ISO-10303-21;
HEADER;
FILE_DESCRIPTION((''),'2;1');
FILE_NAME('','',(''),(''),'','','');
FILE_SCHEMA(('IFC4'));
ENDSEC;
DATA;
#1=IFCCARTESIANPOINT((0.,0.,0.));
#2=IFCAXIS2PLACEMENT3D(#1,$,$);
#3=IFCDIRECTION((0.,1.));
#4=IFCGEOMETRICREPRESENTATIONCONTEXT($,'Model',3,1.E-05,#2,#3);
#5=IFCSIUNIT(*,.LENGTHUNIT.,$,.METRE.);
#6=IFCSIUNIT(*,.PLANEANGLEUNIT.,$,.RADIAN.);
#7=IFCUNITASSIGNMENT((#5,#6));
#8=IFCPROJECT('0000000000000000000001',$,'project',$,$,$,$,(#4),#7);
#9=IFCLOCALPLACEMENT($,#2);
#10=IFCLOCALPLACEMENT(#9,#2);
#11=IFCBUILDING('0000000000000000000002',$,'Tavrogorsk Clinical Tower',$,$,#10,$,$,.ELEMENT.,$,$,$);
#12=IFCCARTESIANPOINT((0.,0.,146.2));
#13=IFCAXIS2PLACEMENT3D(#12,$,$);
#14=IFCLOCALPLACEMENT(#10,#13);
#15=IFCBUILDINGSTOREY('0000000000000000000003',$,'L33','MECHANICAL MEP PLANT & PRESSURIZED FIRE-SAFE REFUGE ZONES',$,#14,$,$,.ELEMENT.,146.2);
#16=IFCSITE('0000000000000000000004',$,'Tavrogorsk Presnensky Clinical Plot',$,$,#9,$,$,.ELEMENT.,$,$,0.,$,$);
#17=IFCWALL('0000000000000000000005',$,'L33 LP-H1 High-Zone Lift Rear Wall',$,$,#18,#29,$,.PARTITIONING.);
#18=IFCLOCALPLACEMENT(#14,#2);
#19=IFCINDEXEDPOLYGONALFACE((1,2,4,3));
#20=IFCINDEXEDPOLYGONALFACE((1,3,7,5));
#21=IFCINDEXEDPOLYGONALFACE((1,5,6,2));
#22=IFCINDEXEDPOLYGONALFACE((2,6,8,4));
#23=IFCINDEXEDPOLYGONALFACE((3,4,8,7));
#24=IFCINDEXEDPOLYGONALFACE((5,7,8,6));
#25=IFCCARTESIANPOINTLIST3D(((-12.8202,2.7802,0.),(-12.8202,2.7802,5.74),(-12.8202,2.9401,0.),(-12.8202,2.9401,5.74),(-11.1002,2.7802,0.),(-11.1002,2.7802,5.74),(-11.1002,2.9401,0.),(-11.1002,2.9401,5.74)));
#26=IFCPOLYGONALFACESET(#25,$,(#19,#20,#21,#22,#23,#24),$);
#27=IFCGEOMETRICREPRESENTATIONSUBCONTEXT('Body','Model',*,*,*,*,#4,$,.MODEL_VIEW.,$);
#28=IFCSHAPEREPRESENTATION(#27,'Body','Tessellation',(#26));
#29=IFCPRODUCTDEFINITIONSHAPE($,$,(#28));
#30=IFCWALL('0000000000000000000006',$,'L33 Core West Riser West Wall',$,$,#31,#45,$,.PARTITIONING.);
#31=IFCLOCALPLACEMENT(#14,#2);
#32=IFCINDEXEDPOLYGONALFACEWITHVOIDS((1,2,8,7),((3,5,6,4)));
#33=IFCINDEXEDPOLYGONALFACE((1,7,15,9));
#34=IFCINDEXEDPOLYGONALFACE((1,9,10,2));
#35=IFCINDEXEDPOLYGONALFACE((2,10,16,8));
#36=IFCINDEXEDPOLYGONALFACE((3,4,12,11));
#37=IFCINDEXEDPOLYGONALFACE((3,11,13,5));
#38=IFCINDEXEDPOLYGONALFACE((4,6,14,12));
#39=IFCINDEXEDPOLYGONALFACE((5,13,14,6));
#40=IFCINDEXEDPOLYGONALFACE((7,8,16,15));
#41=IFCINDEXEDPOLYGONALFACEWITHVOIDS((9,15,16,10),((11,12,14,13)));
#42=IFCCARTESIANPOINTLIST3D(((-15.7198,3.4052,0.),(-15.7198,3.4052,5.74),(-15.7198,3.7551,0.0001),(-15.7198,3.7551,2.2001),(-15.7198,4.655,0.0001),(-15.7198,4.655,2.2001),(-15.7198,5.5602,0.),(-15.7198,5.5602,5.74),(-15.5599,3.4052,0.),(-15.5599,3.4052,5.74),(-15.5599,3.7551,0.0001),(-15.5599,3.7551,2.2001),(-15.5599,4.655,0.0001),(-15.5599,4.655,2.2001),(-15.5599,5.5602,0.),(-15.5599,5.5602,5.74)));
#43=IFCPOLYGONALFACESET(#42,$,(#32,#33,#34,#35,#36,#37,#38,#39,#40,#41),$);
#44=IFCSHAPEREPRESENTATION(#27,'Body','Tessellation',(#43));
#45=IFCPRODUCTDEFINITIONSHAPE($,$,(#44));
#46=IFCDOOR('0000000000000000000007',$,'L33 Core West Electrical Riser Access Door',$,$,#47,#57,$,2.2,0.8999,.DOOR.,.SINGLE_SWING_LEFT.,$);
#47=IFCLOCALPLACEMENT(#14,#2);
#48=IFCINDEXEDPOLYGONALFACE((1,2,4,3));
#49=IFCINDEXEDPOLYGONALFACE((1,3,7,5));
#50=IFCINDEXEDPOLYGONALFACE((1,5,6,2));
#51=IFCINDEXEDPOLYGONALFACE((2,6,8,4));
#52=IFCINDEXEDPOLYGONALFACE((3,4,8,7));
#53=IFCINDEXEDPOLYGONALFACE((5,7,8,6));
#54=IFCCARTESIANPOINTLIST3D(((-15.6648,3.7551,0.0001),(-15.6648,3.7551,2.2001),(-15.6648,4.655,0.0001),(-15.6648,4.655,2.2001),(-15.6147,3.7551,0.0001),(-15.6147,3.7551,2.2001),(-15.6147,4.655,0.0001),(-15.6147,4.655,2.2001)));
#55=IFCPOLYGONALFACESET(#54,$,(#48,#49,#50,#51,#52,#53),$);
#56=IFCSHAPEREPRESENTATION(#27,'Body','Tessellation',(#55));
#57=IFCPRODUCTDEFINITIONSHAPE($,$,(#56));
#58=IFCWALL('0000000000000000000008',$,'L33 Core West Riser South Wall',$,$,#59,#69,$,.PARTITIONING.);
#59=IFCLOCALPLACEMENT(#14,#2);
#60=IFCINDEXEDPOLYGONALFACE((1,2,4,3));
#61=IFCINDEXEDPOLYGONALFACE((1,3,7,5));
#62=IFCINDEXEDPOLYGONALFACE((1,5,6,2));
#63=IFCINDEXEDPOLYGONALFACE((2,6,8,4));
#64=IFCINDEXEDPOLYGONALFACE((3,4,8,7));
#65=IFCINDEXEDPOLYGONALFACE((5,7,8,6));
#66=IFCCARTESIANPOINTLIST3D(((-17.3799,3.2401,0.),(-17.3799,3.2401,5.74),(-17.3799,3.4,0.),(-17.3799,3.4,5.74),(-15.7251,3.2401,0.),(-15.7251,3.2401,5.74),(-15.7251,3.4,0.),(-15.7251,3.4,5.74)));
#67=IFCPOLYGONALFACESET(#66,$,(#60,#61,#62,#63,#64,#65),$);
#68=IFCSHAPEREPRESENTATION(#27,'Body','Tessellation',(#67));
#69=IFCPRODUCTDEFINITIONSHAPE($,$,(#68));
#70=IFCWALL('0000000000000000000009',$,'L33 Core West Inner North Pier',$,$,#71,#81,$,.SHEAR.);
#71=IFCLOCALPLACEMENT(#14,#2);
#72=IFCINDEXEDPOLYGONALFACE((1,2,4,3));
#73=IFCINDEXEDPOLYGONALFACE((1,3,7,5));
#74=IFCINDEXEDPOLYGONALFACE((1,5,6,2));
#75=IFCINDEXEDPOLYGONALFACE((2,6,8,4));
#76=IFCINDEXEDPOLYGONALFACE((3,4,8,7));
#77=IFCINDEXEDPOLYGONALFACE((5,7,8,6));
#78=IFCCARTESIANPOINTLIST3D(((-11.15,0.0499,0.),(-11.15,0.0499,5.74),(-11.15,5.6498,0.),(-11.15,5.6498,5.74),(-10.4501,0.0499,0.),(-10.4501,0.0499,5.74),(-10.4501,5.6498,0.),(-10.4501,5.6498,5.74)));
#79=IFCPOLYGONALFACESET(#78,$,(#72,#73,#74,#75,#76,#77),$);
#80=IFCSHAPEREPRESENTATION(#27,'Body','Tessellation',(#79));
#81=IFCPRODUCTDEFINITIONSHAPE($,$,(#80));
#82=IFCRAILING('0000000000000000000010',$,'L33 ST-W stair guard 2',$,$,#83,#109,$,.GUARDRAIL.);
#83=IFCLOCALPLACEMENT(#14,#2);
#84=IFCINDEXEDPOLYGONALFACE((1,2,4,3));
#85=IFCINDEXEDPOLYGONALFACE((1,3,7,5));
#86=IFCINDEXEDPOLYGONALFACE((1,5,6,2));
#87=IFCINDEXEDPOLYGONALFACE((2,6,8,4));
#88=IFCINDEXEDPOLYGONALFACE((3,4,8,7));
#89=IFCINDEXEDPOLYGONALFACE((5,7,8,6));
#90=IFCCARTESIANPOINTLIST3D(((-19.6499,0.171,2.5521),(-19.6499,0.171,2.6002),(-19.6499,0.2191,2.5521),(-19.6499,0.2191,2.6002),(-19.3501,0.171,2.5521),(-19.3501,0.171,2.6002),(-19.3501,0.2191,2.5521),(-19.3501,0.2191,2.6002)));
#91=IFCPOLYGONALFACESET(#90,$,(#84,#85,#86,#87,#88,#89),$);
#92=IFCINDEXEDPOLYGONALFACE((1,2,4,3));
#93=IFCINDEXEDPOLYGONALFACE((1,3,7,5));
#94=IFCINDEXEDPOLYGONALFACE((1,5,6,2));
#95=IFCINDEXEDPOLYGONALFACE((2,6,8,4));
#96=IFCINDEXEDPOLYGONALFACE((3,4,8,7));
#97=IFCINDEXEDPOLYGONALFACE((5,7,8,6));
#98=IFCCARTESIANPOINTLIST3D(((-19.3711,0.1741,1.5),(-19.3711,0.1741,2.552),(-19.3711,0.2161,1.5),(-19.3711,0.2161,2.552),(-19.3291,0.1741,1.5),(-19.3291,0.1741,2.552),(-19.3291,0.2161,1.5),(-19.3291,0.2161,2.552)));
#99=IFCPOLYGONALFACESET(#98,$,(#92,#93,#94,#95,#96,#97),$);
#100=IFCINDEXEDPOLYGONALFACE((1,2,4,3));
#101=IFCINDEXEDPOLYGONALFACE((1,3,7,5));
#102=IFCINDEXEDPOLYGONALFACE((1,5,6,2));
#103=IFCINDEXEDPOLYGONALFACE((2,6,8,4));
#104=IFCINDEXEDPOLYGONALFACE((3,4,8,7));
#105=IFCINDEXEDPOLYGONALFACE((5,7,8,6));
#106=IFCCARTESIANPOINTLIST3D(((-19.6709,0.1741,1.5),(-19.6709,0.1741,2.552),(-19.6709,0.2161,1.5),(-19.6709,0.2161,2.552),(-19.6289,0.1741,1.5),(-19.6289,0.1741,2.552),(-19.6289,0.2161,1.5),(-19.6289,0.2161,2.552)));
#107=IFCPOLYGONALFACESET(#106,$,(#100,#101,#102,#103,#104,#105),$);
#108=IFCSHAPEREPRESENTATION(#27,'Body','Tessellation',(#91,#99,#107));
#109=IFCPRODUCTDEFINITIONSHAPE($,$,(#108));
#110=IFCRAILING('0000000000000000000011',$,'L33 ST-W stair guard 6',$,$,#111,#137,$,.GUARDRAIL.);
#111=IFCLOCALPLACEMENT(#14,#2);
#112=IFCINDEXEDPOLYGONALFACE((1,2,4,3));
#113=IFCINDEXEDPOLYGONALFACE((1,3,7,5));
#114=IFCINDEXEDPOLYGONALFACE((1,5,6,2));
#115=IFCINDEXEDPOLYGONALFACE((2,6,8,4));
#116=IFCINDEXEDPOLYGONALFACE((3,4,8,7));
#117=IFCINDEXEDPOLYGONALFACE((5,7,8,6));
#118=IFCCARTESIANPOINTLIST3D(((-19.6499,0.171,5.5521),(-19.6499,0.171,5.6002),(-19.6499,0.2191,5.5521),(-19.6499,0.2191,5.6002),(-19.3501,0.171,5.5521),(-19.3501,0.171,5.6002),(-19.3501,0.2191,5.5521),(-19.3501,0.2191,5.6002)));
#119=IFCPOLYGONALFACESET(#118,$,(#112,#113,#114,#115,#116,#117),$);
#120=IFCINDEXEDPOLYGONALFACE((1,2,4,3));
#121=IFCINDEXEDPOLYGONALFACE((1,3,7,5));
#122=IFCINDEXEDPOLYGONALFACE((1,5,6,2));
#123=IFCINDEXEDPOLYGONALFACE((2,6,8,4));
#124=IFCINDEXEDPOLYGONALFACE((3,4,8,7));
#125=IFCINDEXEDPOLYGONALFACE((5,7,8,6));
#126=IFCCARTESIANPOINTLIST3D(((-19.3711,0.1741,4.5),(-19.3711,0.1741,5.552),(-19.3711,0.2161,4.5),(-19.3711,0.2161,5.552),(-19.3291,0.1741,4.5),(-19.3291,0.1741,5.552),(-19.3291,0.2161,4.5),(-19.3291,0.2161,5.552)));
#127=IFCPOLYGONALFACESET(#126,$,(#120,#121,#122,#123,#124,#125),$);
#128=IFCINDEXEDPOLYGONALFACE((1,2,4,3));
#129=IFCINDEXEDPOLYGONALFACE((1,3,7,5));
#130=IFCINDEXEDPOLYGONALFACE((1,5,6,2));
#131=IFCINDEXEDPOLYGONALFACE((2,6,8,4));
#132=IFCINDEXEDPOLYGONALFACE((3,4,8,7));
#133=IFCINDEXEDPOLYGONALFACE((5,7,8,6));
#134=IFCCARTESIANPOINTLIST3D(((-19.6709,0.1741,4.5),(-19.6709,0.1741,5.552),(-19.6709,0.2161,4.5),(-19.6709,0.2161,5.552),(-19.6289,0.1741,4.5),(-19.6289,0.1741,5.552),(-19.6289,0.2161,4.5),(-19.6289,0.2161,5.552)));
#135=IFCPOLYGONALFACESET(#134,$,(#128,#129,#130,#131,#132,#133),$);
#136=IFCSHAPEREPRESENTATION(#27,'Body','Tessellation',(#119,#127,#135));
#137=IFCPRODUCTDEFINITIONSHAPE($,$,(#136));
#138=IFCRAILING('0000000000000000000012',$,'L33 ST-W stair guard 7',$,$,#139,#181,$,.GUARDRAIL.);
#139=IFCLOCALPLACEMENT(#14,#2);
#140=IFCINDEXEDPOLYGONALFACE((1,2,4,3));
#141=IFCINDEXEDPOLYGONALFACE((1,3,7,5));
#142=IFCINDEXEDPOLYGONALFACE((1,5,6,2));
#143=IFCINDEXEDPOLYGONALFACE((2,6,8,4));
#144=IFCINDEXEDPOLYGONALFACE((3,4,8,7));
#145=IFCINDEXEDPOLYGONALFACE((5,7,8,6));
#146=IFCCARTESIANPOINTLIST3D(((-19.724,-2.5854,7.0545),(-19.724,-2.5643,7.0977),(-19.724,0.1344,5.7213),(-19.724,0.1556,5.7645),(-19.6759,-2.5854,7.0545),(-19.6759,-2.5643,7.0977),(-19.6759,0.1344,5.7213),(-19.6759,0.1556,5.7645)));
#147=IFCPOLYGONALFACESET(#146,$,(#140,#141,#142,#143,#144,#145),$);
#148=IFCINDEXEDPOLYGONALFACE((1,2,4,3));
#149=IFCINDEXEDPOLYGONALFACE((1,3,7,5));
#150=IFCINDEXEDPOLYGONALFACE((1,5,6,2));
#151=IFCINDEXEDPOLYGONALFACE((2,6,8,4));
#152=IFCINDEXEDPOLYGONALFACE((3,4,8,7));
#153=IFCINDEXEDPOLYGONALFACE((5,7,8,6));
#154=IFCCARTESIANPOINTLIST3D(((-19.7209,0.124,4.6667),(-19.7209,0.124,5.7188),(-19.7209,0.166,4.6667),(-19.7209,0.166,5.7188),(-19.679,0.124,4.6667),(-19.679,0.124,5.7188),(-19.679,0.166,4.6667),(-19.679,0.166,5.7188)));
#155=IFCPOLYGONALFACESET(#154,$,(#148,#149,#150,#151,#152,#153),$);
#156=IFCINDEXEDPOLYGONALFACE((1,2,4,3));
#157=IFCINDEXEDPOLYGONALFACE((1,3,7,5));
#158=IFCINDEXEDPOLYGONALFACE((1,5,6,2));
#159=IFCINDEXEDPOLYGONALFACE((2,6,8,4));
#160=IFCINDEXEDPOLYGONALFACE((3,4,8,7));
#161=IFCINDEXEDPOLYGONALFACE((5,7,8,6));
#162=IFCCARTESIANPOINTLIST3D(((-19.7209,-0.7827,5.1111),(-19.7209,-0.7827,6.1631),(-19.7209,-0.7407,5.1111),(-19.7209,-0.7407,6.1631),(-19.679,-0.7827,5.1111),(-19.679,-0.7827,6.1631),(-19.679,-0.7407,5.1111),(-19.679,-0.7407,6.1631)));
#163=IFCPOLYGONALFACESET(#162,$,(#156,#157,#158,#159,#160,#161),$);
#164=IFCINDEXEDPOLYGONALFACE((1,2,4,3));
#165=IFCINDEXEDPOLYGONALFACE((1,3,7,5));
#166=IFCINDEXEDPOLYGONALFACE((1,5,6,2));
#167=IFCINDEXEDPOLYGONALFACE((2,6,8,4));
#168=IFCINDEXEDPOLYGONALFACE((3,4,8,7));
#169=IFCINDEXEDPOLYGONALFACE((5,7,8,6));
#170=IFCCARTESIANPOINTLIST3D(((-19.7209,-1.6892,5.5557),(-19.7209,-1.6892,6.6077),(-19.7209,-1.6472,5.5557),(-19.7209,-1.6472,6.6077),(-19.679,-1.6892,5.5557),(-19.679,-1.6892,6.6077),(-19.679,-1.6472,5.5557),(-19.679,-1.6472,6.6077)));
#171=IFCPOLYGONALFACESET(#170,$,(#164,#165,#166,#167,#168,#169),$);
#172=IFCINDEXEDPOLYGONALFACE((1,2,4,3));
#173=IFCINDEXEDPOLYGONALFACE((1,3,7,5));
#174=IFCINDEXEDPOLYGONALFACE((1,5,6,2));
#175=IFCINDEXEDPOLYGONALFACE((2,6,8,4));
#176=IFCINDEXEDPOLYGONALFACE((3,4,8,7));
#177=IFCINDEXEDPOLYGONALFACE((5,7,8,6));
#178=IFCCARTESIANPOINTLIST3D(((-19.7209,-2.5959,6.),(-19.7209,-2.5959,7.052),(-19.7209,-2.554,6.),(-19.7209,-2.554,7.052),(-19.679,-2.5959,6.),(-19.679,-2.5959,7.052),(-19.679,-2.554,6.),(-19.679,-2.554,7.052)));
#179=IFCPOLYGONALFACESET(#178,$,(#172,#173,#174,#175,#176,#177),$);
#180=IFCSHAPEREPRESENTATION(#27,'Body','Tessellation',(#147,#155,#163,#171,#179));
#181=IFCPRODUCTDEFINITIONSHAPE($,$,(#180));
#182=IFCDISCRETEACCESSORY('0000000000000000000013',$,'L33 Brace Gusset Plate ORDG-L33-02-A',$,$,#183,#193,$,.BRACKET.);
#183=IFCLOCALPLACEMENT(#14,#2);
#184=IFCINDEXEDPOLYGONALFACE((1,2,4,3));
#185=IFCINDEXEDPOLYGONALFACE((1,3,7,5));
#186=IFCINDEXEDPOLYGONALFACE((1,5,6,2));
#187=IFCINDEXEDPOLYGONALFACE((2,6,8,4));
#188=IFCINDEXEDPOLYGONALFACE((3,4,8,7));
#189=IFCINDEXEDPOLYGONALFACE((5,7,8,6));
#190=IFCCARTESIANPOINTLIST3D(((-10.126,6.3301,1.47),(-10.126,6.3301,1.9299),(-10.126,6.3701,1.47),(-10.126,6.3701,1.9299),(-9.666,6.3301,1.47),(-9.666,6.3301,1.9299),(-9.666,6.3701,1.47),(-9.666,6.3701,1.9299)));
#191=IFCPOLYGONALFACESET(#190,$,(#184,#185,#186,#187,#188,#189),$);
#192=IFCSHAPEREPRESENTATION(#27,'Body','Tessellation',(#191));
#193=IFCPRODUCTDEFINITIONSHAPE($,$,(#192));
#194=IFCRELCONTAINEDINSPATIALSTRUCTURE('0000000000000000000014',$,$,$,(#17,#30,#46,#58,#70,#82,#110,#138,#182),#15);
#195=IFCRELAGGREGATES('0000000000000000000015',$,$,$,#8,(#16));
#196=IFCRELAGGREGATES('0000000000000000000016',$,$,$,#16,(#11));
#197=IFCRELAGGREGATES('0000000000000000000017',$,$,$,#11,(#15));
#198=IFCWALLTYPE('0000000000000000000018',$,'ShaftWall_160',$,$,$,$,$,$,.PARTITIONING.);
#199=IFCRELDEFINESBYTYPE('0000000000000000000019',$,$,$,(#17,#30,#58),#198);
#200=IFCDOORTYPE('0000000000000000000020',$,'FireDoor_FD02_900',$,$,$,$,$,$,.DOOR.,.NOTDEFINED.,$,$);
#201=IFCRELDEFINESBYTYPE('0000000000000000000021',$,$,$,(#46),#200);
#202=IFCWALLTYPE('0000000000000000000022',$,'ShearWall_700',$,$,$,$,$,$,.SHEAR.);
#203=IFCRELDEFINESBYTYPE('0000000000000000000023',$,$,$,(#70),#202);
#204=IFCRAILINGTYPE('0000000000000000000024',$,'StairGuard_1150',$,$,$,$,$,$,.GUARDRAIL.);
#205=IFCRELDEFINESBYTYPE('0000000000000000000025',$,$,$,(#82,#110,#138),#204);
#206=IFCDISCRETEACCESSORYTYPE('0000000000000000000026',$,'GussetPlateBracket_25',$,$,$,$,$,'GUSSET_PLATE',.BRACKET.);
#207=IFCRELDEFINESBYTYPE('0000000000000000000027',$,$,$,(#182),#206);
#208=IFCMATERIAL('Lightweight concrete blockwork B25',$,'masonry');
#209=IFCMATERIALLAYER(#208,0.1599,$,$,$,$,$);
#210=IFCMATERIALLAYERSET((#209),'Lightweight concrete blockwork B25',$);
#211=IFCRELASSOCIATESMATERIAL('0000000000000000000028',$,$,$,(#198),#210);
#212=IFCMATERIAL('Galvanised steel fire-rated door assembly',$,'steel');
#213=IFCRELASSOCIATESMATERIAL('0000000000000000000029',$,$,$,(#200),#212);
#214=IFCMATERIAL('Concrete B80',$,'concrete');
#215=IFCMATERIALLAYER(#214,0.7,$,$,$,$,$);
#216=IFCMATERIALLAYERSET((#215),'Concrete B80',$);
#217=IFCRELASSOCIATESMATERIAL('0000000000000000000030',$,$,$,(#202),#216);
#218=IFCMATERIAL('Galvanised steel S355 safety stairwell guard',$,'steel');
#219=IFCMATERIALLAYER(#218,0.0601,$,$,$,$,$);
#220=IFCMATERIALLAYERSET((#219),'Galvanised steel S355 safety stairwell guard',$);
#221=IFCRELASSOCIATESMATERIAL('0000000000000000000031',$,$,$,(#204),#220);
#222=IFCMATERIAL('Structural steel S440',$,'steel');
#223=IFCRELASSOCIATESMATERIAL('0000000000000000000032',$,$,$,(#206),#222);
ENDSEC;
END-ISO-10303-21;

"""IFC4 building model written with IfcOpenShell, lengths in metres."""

from ifc_helpers import new_model, si_unit, direction, frame, frame_2d, origin, origin_2d, place, context, subcontext, project, spatial, rectangle, extrude, material, layer, layer_set, type_object, element, fill, save


model = new_model("IFC4")

# Units and contexts
model_context = context("Model", 3, precision=1e-05, world=origin(), true_north=direction((0.0, 1.0)))
body_context = subcontext(model_context, "Body", "Model", "MODEL_VIEW")
ifc_project = project(units=[si_unit("LENGTHUNIT", "METRE"), si_unit("PLANEANGLEUNIT", "RADIAN")], contexts=[model_context])

# Site, building, storey
site_placement = place(None, origin())
site = spatial("IfcSite", under=ifc_project, at=site_placement, Name="Tavrogorsk Presnensky Clinical Plot", CompositionType="ELEMENT", RefElevation=0.0)
building_placement = place(site_placement, origin())
building = spatial("IfcBuilding", under=site, at=building_placement, Name="Tavrogorsk Clinical Tower", CompositionType="ELEMENT")
storey_placement = place(building_placement, frame((0.0, 0.0, 146.2)))
storey = spatial("IfcBuildingStorey", under=building, at=storey_placement, Name="L33", Description="MECHANICAL MEP PLANT & PRESSURIZED FIRE-SAFE REFUGE ZONES", CompositionType="ELEMENT", Elevation=146.2)

# Shared definitions
ifc_material_1 = material(Name="Lightweight concrete blockwork B25", Category="masonry")
ifc_layer_1 = layer(ifc_material_1, 0.1599)
ifc_layer_set_1 = layer_set([ifc_layer_1], Name="Lightweight concrete blockwork B25")
wall_type_1 = type_object("IfcWallType", Name="ShaftWall_160", PredefinedType="PARTITIONING", material=ifc_layer_set_1)

# Wall
for number, where, z_axis, x_axis, name in (
    (1, (-12.8201, 2.8601, 0.0), (0.0, 0.0, 1.0), (1.0, 0.0, 0.0), "L33 LP-H1 High-Zone Lift Rear Wall"),
):
    element("IfcWall", number, at=place(storey_placement, frame(where, z_axis=z_axis, x_axis=x_axis)), inside=storey, type_object=wall_type_1, Name=name, PredefinedType="PARTITIONING", context=body_context, shape_type="SweptSolid", body=[
        extrude(rectangle(XDim=1.72, YDim=0.1599, at=frame_2d((0.8599, 0.0))), origin(), (0.0, 0.0, 1.0), 5.74),
    ])

# Wall, opening, door
wall_1_placement = place(storey_placement, frame((-15.6399, 3.405, 0.0), z_axis=(0.0, 0.0, 1.0), x_axis=(0.0, 1.0, 0.0)))
wall_1 = element("IfcWall", 2, at=wall_1_placement, inside=storey, type_object=wall_type_1, Name="L33 Core West Riser West Wall", PredefinedType="PARTITIONING", context=body_context, shape_type="SweptSolid", body=[
    extrude(rectangle(XDim=2.155, YDim=0.1599, at=frame_2d((1.0776, 0.0))), origin(), (0.0, 0.0, 1.0), 5.74),
])
opening_1_placement = place(wall_1_placement, frame((0.3501, 0.0, 0.0)))
opening_1 = element("IfcOpeningElement", 3, at=opening_1_placement, cuts=wall_1, PredefinedType="OPENING", context=body_context, shape_type="SweptSolid", body=[
    extrude(rectangle(XDim=0.8999, YDim=2.2, at=frame_2d((0.45, 1.1001))), frame((0.0, 0.0898, 0.0), z_axis=(0.0, -1.0, 0.0), x_axis=(1.0, 0.0, 0.0)), (0.0, 0.0, 1.0), 0.1799),
])
ifc_material_2 = material(Name="Galvanised steel fire-rated door assembly", Category="steel")
door_type_1 = type_object("IfcDoorType", Name="FireDoor_FD02_900", OperationType="NOTDEFINED", PredefinedType="DOOR", material=ifc_material_2)
door_1_placement = place(opening_1_placement, origin())
door_1 = element("IfcDoor", 4, at=door_1_placement, inside=storey, type_object=door_type_1, Name="L33 Core West Electrical Riser Access Door", OperationType="SINGLE_SWING_LEFT", OverallHeight=2.2, OverallWidth=0.8999, PredefinedType="DOOR", context=body_context, shape_type="SweptSolid", body=[
    extrude(rectangle(XDim=0.8999, YDim=2.2, at=frame_2d((0.45, 1.1001))), frame((0.0, 0.0249, 0.0), z_axis=(0.0, -1.0, 0.0), x_axis=(1.0, 0.0, 0.0)), (0.0, 0.0, 1.0), 0.05),
])
fill(opening_1, door_1)

# Walls
wall_2_placement = place(storey_placement, frame((-17.3799, 3.3201, 0.0), z_axis=(0.0, 0.0, 1.0), x_axis=(1.0, 0.0, 0.0)))
element("IfcWall", 5, at=wall_2_placement, inside=storey, type_object=wall_type_1, Name="L33 Core West Riser South Wall", PredefinedType="PARTITIONING", context=body_context, shape_type="SweptSolid", body=[
    extrude(rectangle(XDim=1.6548, YDim=0.1599, at=frame_2d((0.8274, 0.0))), origin(), (0.0, 0.0, 1.0), 5.74),
])
ifc_material_3 = material(Name="Concrete B80", Category="concrete")
ifc_layer_2 = layer(ifc_material_3, 0.7)
ifc_layer_set_2 = layer_set([ifc_layer_2], Name="Concrete B80")
wall_type_2 = type_object("IfcWallType", Name="ShearWall_700", PredefinedType="SHEAR", material=ifc_layer_set_2)
wall_3_placement = place(storey_placement, frame((-10.8, 0.05, 0.0), z_axis=(0.0, 0.0, 1.0), x_axis=(0.0, 1.0, 0.0)))
element("IfcWall", 6, at=wall_3_placement, inside=storey, type_object=wall_type_2, Name="L33 Core West Inner North Pier", PredefinedType="SHEAR", context=body_context, shape_type="SweptSolid", body=[
    extrude(rectangle(XDim=5.5999, YDim=0.7, at=frame_2d((2.7998, 0.0))), origin(), (0.0, 0.0, 1.0), 5.74),
])

# Railings
ifc_material_4 = material(Name="Galvanised steel S355 safety stairwell guard", Category="steel")
ifc_layer_3 = layer(ifc_material_4, 0.0601)
ifc_layer_set_3 = layer_set([ifc_layer_3], Name="Galvanised steel S355 safety stairwell guard")
railing_type = type_object("IfcRailingType", Name="StairGuard_1150", PredefinedType="GUARDRAIL", material=ifc_layer_set_3)
for number, where, name in (
    (7, (-19.3501, 0.1951, 1.5), "L33 ST-W stair guard 2"),
    (8, (-19.3501, 0.1951, 4.5), "L33 ST-W stair guard 6"),
):
    element("IfcRailing", number, at=place(storey_placement, frame(where)), inside=storey, type_object=railing_type, Name=name, PredefinedType="GUARDRAIL", context=body_context, shape_type="SweptSolid", body=[
        extrude(rectangle(XDim=0.0481, YDim=0.0481, at=origin_2d()), frame((0.0, 0.0, 1.0762), z_axis=(-1.0, 0.0, 0.0), x_axis=(0.0, -1.0, 0.0)), (0.0, 0.0, 1.0), 0.2998),
        extrude(rectangle(XDim=0.042, YDim=0.042, at=origin_2d()), origin(), (0.0, 0.0, 1.0), 1.052),
        extrude(rectangle(XDim=0.042, YDim=0.042, at=origin_2d()), frame((-0.2998, 0.0, 0.0)), (0.0, 0.0, 1.0), 1.052),
    ])
railing_placement = place(storey_placement, frame((-19.7, 0.145, 4.6667)))
element("IfcRailing", 9, at=railing_placement, inside=storey, type_object=railing_type, Name="L33 ST-W stair guard 7", PredefinedType="GUARDRAIL", context=body_context, shape_type="SweptSolid", body=[
    extrude(rectangle(XDim=0.0481, YDim=0.0481, at=origin_2d()), frame((0.0, 0.0, 1.0762), z_axis=(0.0, -0.897929, 0.440139), x_axis=(1.0, 0.0, 0.0)), (0.0, 0.0, 1.0), 3.0291),
    extrude(rectangle(XDim=0.042, YDim=0.042, at=origin_2d()), origin(), (0.0, 0.0, 1.0), 1.052),
    extrude(rectangle(XDim=0.042, YDim=0.042, at=origin_2d()), frame((0.0, -0.9067, 0.4443)), (0.0, 0.0, 1.0), 1.052),
    extrude(rectangle(XDim=0.042, YDim=0.042, at=origin_2d()), frame((0.0, -1.8132, 0.8889)), (0.0, 0.0, 1.0), 1.052),
    extrude(rectangle(XDim=0.042, YDim=0.042, at=origin_2d()), frame((0.0, -2.72, 1.3333)), (0.0, 0.0, 1.0), 1.052),
])

# Discrete accessory
ifc_material_5 = material(Name="Structural steel S440", Category="steel")
discrete_accessory_type = type_object("IfcDiscreteAccessoryType", Name="GussetPlateBracket_25", ElementType="GUSSET_PLATE", PredefinedType="BRACKET", material=ifc_material_5)
discrete_accessory_placement = place(storey_placement, frame((-9.896, 6.3501, 1.47), z_axis=(0.0, 0.0, 1.0), x_axis=(1.0, 0.0, 0.0)))
element("IfcDiscreteAccessory", 10, at=discrete_accessory_placement, inside=storey, type_object=discrete_accessory_type, Name="L33 Brace Gusset Plate ORDG-L33-02-A", PredefinedType="BRACKET", context=body_context, shape_type="SweptSolid", body=[
    extrude(rectangle(XDim=0.46, YDim=0.04, at=origin_2d()), origin(), (0.0, 0.0, 1.0), 0.46),
])

save(model, "model.ifc")
